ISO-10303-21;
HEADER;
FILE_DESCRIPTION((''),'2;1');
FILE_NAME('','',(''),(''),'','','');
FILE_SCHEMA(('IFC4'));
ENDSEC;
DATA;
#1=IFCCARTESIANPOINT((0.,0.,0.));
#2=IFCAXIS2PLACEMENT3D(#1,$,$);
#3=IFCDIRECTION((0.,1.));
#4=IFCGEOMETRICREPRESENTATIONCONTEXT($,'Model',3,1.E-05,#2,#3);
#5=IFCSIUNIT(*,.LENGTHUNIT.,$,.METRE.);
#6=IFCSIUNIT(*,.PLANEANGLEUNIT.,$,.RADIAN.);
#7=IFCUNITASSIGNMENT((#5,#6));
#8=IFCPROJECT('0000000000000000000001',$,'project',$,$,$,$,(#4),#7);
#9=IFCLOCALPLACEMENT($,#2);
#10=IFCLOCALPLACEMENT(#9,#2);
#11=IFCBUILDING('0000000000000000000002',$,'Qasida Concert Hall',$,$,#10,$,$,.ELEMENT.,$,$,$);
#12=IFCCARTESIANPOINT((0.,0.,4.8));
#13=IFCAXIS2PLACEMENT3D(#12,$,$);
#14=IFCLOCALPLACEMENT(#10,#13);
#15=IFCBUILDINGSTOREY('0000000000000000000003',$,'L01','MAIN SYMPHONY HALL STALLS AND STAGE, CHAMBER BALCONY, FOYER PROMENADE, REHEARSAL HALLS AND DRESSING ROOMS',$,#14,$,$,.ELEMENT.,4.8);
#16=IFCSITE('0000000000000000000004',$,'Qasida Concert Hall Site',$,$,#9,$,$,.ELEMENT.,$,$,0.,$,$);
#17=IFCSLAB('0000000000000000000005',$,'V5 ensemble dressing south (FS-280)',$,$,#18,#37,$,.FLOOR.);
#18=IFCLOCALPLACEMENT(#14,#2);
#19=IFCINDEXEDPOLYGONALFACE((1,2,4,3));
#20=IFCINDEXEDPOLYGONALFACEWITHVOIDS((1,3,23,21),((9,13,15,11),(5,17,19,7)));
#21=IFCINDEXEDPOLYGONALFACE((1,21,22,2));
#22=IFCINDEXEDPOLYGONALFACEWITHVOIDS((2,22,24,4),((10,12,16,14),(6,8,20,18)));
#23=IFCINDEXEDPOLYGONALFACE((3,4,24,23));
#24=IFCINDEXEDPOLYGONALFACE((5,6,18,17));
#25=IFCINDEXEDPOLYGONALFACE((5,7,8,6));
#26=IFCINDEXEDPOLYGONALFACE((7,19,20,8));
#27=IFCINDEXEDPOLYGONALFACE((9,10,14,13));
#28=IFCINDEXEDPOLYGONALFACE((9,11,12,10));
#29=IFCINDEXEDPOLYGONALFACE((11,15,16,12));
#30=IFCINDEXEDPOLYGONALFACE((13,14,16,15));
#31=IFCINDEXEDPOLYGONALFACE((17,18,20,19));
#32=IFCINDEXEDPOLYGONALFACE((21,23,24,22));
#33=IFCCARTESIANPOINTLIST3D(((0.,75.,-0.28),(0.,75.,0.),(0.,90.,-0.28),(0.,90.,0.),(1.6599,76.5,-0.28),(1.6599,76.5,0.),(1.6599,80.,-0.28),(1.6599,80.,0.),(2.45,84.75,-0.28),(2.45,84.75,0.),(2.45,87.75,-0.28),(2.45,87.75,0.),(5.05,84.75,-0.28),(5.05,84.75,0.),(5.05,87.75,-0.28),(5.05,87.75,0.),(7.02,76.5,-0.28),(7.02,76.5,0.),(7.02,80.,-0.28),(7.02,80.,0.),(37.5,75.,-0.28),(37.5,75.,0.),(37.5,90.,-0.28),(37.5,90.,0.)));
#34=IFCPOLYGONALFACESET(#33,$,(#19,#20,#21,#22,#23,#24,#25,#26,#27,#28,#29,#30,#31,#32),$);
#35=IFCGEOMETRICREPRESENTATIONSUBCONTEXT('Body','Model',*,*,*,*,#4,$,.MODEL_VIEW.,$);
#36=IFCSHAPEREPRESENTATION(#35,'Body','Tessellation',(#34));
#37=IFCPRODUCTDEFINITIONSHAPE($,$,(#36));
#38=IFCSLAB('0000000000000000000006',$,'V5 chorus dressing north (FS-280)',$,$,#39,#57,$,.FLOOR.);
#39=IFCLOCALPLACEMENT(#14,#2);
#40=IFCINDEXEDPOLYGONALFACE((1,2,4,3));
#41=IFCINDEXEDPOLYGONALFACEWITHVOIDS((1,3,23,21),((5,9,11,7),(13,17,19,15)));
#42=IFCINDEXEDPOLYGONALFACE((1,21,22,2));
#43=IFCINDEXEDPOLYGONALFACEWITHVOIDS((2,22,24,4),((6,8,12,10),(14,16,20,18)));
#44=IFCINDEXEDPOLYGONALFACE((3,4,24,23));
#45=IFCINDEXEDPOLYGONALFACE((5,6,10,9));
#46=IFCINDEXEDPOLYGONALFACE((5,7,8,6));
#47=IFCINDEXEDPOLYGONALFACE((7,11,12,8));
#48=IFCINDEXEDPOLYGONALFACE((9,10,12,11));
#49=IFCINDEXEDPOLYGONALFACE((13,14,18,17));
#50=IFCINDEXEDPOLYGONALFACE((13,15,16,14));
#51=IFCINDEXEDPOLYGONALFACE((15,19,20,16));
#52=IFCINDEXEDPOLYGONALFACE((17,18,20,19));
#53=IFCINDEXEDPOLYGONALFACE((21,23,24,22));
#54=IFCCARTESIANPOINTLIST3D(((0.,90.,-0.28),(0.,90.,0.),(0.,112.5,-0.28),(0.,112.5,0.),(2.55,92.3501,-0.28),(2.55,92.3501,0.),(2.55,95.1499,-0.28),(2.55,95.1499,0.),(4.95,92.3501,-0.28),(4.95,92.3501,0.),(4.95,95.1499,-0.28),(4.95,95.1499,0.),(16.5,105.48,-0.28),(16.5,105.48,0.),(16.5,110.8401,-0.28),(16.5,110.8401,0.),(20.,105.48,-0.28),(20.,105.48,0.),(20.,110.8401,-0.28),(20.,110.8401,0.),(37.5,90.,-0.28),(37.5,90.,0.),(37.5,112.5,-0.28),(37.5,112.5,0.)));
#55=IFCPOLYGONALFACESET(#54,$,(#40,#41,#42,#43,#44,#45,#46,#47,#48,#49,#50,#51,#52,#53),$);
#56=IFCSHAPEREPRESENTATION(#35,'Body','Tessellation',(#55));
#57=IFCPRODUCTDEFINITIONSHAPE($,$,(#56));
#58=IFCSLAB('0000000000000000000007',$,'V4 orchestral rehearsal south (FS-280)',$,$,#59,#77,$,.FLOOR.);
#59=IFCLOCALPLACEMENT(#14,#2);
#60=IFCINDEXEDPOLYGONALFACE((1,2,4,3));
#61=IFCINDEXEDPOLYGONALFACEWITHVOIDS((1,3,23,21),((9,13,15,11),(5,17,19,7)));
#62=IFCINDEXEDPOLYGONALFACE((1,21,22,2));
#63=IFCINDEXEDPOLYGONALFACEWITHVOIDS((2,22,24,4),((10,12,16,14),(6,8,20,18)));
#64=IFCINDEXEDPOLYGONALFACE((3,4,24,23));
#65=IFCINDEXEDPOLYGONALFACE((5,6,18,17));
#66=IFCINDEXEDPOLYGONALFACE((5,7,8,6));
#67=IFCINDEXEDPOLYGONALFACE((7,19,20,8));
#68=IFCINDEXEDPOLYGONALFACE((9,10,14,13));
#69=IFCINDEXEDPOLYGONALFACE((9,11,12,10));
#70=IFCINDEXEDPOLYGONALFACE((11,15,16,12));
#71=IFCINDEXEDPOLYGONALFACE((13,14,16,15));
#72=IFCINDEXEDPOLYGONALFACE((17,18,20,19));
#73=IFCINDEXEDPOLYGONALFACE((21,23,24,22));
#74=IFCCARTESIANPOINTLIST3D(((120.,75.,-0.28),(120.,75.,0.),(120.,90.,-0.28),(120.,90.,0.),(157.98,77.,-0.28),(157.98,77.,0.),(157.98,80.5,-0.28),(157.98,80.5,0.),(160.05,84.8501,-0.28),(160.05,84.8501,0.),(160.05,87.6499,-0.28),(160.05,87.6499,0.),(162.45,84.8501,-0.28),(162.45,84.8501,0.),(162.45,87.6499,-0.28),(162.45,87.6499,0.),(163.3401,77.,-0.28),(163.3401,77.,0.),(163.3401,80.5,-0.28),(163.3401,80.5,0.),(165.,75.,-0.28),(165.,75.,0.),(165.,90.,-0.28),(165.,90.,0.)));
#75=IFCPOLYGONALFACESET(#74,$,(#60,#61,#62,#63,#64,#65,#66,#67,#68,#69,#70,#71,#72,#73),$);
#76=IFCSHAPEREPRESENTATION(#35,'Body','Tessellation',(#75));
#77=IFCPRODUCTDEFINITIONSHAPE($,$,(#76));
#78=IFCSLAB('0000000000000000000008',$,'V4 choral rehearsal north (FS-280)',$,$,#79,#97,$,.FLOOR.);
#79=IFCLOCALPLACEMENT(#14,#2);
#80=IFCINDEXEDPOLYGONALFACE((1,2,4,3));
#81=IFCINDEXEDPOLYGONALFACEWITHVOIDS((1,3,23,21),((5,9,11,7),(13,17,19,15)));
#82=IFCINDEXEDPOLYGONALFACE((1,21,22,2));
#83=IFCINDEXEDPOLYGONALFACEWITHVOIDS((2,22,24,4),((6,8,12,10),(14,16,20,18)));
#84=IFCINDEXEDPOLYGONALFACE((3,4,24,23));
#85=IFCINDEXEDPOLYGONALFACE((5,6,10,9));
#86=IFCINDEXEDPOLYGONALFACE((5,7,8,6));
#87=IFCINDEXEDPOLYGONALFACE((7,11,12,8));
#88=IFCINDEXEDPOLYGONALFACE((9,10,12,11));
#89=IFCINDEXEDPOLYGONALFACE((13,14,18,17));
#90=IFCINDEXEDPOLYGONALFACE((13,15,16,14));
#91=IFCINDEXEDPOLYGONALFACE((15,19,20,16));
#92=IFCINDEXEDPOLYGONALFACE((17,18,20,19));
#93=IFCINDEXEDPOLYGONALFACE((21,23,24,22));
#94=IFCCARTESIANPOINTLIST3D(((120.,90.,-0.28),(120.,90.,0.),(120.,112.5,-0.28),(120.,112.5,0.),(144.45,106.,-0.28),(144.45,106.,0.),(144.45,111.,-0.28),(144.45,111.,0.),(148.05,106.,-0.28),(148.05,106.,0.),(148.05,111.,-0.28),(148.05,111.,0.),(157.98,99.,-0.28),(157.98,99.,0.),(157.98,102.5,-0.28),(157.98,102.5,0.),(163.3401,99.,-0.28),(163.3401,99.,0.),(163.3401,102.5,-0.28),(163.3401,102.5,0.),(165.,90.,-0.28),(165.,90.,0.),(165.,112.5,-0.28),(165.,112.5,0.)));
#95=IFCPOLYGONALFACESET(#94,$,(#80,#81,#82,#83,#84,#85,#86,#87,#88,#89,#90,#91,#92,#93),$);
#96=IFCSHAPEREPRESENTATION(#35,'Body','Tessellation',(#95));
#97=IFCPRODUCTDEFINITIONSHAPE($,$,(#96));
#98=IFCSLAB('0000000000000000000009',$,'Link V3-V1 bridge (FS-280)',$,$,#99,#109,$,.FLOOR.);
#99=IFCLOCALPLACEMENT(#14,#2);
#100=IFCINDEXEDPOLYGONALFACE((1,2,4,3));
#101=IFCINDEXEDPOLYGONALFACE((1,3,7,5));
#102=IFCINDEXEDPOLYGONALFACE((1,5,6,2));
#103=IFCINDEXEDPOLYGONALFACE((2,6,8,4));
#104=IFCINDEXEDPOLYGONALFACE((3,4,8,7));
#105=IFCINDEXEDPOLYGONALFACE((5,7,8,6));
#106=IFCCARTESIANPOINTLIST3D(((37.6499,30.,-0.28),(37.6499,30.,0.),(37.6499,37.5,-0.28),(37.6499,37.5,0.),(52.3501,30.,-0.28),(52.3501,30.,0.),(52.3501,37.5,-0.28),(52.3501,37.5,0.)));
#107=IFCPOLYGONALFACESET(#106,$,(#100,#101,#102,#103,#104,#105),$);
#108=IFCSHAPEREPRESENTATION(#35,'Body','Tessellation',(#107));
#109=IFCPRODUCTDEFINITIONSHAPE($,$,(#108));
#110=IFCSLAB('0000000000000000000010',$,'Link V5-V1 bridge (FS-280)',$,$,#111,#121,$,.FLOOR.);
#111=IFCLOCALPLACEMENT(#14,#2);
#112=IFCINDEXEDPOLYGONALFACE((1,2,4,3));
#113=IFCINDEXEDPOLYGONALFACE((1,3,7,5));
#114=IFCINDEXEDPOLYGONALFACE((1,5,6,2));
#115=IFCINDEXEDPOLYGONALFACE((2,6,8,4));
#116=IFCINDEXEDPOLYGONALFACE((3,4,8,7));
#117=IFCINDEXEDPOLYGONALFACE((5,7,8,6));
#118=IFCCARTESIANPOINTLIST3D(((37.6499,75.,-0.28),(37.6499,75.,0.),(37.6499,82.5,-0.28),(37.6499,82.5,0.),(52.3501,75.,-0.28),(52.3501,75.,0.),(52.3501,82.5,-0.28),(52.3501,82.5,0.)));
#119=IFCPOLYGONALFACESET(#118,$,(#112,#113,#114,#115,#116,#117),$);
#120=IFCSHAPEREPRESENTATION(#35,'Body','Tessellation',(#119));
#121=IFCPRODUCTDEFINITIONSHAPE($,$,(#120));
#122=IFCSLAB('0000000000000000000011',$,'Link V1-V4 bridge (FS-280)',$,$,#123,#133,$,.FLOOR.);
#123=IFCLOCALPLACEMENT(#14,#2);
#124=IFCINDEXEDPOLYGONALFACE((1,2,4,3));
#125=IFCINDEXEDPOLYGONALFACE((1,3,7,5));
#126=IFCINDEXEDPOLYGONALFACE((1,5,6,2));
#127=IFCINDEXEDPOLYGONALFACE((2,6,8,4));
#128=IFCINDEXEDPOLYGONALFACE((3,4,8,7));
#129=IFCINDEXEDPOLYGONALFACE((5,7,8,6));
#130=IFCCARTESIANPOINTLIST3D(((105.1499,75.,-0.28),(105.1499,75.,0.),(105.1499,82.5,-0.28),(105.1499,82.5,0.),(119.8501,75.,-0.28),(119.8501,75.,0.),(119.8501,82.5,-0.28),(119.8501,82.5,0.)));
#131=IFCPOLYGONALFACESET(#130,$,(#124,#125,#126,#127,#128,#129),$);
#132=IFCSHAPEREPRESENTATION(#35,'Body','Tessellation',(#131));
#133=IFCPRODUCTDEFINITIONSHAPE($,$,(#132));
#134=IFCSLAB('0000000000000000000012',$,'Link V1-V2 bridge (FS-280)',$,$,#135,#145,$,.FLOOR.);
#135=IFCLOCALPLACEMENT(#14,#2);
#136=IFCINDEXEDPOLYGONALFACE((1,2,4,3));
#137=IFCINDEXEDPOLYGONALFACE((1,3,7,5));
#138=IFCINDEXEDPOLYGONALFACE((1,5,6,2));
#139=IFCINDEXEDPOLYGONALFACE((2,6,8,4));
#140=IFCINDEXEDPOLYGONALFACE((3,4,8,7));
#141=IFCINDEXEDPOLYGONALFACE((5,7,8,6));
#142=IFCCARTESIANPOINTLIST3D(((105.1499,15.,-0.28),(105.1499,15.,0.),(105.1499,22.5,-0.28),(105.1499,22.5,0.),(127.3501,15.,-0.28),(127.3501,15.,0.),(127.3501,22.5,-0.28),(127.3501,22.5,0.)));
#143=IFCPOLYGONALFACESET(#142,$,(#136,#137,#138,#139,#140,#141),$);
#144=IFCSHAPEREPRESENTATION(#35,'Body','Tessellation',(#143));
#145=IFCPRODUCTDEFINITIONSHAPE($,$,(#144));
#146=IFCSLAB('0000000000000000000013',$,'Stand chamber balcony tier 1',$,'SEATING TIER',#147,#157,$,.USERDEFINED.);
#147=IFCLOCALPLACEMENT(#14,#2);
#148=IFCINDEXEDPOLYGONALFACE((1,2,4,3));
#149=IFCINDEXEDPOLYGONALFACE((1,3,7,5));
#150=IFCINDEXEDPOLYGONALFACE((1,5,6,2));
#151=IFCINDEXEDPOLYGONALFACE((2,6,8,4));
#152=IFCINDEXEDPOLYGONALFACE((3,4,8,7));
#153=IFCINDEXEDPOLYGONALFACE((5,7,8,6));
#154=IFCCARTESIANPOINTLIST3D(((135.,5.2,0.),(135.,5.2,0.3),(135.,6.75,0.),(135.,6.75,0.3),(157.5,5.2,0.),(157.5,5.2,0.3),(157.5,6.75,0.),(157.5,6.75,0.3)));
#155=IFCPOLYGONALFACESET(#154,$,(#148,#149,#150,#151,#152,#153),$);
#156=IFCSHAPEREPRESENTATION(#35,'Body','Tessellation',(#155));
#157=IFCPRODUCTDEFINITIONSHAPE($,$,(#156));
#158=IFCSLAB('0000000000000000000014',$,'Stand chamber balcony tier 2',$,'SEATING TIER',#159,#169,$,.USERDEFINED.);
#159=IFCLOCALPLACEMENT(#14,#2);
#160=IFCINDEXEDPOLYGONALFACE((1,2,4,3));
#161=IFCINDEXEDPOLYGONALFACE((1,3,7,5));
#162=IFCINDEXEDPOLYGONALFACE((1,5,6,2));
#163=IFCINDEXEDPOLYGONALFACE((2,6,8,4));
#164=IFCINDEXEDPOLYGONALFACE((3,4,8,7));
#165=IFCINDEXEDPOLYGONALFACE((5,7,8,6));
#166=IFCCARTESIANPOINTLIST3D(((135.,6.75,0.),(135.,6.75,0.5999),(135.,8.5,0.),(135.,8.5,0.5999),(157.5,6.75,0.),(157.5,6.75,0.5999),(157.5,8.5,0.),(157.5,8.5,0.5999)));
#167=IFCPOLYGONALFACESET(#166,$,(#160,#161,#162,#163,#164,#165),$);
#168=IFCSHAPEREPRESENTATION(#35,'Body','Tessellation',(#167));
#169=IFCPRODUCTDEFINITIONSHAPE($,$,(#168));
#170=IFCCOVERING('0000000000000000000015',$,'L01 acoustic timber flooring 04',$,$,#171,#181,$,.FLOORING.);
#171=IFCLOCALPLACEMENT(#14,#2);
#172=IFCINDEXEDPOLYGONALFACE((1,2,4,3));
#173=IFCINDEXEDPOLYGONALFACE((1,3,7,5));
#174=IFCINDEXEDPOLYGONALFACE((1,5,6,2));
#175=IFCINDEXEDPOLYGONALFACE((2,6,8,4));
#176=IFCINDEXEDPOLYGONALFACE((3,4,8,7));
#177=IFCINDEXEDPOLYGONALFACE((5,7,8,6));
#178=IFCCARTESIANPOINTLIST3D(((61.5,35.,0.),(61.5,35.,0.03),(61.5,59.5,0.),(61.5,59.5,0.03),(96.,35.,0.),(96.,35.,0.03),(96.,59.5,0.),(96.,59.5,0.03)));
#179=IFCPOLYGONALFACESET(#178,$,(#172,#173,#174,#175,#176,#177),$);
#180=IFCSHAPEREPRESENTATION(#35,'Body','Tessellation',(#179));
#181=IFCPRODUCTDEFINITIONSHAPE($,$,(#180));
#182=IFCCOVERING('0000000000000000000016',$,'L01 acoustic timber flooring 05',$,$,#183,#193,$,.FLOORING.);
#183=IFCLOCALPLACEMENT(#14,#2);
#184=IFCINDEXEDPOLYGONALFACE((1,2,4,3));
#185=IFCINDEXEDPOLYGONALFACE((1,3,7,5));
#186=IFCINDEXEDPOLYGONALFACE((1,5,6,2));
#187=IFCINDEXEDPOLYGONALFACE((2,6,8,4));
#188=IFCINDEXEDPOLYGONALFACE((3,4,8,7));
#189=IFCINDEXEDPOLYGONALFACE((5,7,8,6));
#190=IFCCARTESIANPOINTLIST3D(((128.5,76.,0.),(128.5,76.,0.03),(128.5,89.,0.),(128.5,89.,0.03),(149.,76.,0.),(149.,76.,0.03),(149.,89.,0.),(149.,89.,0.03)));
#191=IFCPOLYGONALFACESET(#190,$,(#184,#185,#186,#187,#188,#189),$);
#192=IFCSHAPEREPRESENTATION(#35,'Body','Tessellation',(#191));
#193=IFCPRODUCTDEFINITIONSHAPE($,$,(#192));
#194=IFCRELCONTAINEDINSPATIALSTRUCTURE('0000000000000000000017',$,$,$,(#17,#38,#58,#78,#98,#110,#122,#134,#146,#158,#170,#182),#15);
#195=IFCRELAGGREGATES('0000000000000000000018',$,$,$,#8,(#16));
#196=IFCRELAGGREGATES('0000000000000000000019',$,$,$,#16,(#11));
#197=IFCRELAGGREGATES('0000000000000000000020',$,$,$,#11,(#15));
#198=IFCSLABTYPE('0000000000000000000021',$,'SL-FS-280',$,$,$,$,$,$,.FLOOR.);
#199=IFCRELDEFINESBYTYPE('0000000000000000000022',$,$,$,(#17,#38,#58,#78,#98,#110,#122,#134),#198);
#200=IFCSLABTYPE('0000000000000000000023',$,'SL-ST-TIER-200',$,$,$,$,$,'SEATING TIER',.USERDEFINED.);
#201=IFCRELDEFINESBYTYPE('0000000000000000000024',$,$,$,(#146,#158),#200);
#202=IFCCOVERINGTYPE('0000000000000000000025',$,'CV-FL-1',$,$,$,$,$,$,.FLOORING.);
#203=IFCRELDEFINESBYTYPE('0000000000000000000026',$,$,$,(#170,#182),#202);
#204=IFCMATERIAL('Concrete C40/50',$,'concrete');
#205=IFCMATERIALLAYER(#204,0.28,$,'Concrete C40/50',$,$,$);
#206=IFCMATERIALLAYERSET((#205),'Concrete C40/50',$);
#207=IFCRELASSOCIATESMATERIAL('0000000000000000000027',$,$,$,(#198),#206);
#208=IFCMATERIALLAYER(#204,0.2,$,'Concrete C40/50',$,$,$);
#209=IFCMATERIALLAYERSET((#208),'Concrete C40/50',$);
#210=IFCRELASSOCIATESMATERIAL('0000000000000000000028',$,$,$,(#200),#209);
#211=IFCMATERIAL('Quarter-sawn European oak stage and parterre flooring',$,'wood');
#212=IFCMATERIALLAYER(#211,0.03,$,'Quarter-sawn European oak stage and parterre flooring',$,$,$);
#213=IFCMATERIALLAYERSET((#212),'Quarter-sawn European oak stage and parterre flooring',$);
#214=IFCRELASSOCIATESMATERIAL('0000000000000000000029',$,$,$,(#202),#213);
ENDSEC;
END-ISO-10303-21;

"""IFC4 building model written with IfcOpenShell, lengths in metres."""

from ifc_helpers import new_model, si_unit, direction, frame, origin, place, context, subcontext, project, spatial, polyline, outline, extrude, material, layer, layer_set, type_object, element, save


model = new_model("IFC4")

# Units and contexts
model_context = context("Model", 3, precision=1e-05, world=origin(), true_north=direction((0.0, 1.0)))
body_context = subcontext(model_context, "Body", "Model", "MODEL_VIEW")
ifc_project = project(units=[si_unit("LENGTHUNIT", "METRE"), si_unit("PLANEANGLEUNIT", "RADIAN")], contexts=[model_context])

# Site, building, storey
site_placement = place(None, origin())
site = spatial("IfcSite", under=ifc_project, at=site_placement, Name="Qasida Concert Hall Site", CompositionType="ELEMENT", RefElevation=0.0)
building_placement = place(site_placement, origin())
building = spatial("IfcBuilding", under=site, at=building_placement, Name="Qasida Concert Hall", CompositionType="ELEMENT")
storey_placement = place(building_placement, frame((0.0, 0.0, 4.8)))
storey = spatial("IfcBuildingStorey", under=building, at=storey_placement, Name="L01", Description="MAIN SYMPHONY HALL STALLS AND STAGE, CHAMBER BALCONY, FOYER PROMENADE, REHEARSAL HALLS AND DRESSING ROOMS", CompositionType="ELEMENT", Elevation=4.8)

# Slabs
ifc_material_1 = material(Name="Concrete C40/50", Category="concrete")
ifc_layer_1 = layer(ifc_material_1, 0.28, Name="Concrete C40/50")
ifc_layer_set_1 = layer_set([ifc_layer_1], Name="Concrete C40/50")
slab_type_1 = type_object("IfcSlabType", Name="SL-FS-280", PredefinedType="FLOOR", material=ifc_layer_set_1)
slab_1_placement = place(storey_placement, frame((0.0, 0.0, -0.28)))
element("IfcSlab", 1, at=slab_1_placement, inside=storey, type_object=slab_type_1, Name="V5 ensemble dressing south (FS-280)", PredefinedType="FLOOR", context=body_context, shape_type="SweptSolid", body=[
    extrude(outline(polyline([(0.0, 75.0), (37.5, 75.0), (37.5, 90.0), (0.0, 90.0), (0.0, 75.0)]), holes=[polyline([(1.6599, 76.5), (7.02, 76.5), (7.02, 80.0), (1.6599, 80.0), (1.6599, 76.5)]), polyline([(2.45, 84.75), (5.05, 84.75), (5.05, 87.75), (2.45, 87.75), (2.45, 84.75)])]), origin(), (0.0, 0.0, 1.0), 0.28),
])
slab_2_placement = place(storey_placement, frame((0.0, 0.0, -0.28)))
element("IfcSlab", 2, at=slab_2_placement, inside=storey, type_object=slab_type_1, Name="V5 chorus dressing north (FS-280)", PredefinedType="FLOOR", context=body_context, shape_type="SweptSolid", body=[
    extrude(outline(polyline([(0.0, 90.0), (37.5, 90.0), (37.5, 112.5), (0.0, 112.5), (0.0, 90.0)]), holes=[polyline([(2.55, 92.3501), (4.95, 92.3501), (4.95, 95.1499), (2.55, 95.1499), (2.55, 92.3501)]), polyline([(16.5, 105.48), (20.0, 105.48), (20.0, 110.8401), (16.5, 110.8401), (16.5, 105.48)])]), origin(), (0.0, 0.0, 1.0), 0.28),
])
slab_3_placement = place(storey_placement, frame((0.0, 0.0, -0.28)))
element("IfcSlab", 3, at=slab_3_placement, inside=storey, type_object=slab_type_1, Name="V4 orchestral rehearsal south (FS-280)", PredefinedType="FLOOR", context=body_context, shape_type="SweptSolid", body=[
    extrude(outline(polyline([(120.0, 75.0), (165.0, 75.0), (165.0, 90.0), (120.0, 90.0), (120.0, 75.0)]), holes=[polyline([(157.98, 77.0), (163.3401, 77.0), (163.3401, 80.5), (157.98, 80.5), (157.98, 77.0)]), polyline([(160.05, 84.8501), (162.45, 84.8501), (162.45, 87.6499), (160.05, 87.6499), (160.05, 84.8501)])]), origin(), (0.0, 0.0, 1.0), 0.28),
])
slab_4_placement = place(storey_placement, frame((0.0, 0.0, -0.28)))
element("IfcSlab", 4, at=slab_4_placement, inside=storey, type_object=slab_type_1, Name="V4 choral rehearsal north (FS-280)", PredefinedType="FLOOR", context=body_context, shape_type="SweptSolid", body=[
    extrude(outline(polyline([(120.0, 90.0), (165.0, 90.0), (165.0, 112.5), (120.0, 112.5), (120.0, 90.0)]), holes=[polyline([(157.98, 99.0), (163.3401, 99.0), (163.3401, 102.5), (157.98, 102.5), (157.98, 99.0)]), polyline([(144.45, 106.0), (148.05, 106.0), (148.05, 111.0), (144.45, 111.0), (144.45, 106.0)])]), origin(), (0.0, 0.0, 1.0), 0.28),
])
slab_5_placement = place(storey_placement, frame((0.0, 0.0, -0.28)))
element("IfcSlab", 5, at=slab_5_placement, inside=storey, type_object=slab_type_1, Name="Link V3-V1 bridge (FS-280)", PredefinedType="FLOOR", context=body_context, shape_type="SweptSolid", body=[
    extrude(outline(polyline([(37.6499, 30.0), (52.3501, 30.0), (52.3501, 37.5), (37.6499, 37.5), (37.6499, 30.0)])), origin(), (0.0, 0.0, 1.0), 0.28),
])
slab_6_placement = place(storey_placement, frame((0.0, 0.0, -0.28)))
element("IfcSlab", 6, at=slab_6_placement, inside=storey, type_object=slab_type_1, Name="Link V5-V1 bridge (FS-280)", PredefinedType="FLOOR", context=body_context, shape_type="SweptSolid", body=[
    extrude(outline(polyline([(37.6499, 75.0), (52.3501, 75.0), (52.3501, 82.5), (37.6499, 82.5), (37.6499, 75.0)])), origin(), (0.0, 0.0, 1.0), 0.28),
])
slab_7_placement = place(storey_placement, frame((0.0, 0.0, -0.28)))
element("IfcSlab", 7, at=slab_7_placement, inside=storey, type_object=slab_type_1, Name="Link V1-V4 bridge (FS-280)", PredefinedType="FLOOR", context=body_context, shape_type="SweptSolid", body=[
    extrude(outline(polyline([(105.1499, 75.0), (119.8501, 75.0), (119.8501, 82.5), (105.1499, 82.5), (105.1499, 75.0)])), origin(), (0.0, 0.0, 1.0), 0.28),
])
slab_8_placement = place(storey_placement, frame((0.0, 0.0, -0.28)))
element("IfcSlab", 8, at=slab_8_placement, inside=storey, type_object=slab_type_1, Name="Link V1-V2 bridge (FS-280)", PredefinedType="FLOOR", context=body_context, shape_type="SweptSolid", body=[
    extrude(outline(polyline([(105.1499, 15.0), (127.3501, 15.0), (127.3501, 22.5), (105.1499, 22.5), (105.1499, 15.0)])), origin(), (0.0, 0.0, 1.0), 0.28),
])
ifc_layer_2 = layer(ifc_material_1, 0.2, Name="Concrete C40/50")
ifc_layer_set_2 = layer_set([ifc_layer_2], Name="Concrete C40/50")
slab_type_2 = type_object("IfcSlabType", Name="SL-ST-TIER-200", ElementType="SEATING TIER", PredefinedType="USERDEFINED", material=ifc_layer_set_2)
slab_9_placement = place(storey_placement, origin())
element("IfcSlab", 9, at=slab_9_placement, inside=storey, type_object=slab_type_2, Name="Stand chamber balcony tier 1", ObjectType="SEATING TIER", PredefinedType="USERDEFINED", context=body_context, shape_type="SweptSolid", body=[
    extrude(outline(polyline([(135.0, 5.2), (157.5, 5.2), (157.5, 6.75), (135.0, 6.75), (135.0, 5.2)])), origin(), (0.0, 0.0, 1.0), 0.3),
])
slab_10_placement = place(storey_placement, origin())
element("IfcSlab", 10, at=slab_10_placement, inside=storey, type_object=slab_type_2, Name="Stand chamber balcony tier 2", ObjectType="SEATING TIER", PredefinedType="USERDEFINED", context=body_context, shape_type="SweptSolid", body=[
    extrude(outline(polyline([(135.0, 6.75), (157.5, 6.75), (157.5, 8.5), (135.0, 8.5), (135.0, 6.75)])), origin(), (0.0, 0.0, 1.0), 0.5999),
])

# Coverings
ifc_material_2 = material(Name="Quarter-sawn European oak stage and parterre flooring", Category="wood")
ifc_layer_3 = layer(ifc_material_2, 0.03, Name="Quarter-sawn European oak stage and parterre flooring")
ifc_layer_set_3 = layer_set([ifc_layer_3], Name="Quarter-sawn European oak stage and parterre flooring")
covering_type_1 = type_object("IfcCoveringType", Name="CV-FL-1", PredefinedType="FLOORING", material=ifc_layer_set_3)
covering_1_placement = place(storey_placement, origin())
element("IfcCovering", 11, at=covering_1_placement, inside=storey, type_object=covering_type_1, Name="L01 acoustic timber flooring 04", PredefinedType="FLOORING", context=body_context, shape_type="SweptSolid", body=[
    extrude(outline(polyline([(61.5, 35.0), (96.0, 35.0), (96.0, 59.5), (61.5, 59.5), (61.5, 35.0)])), origin(), (0.0, 0.0, 1.0), 0.03),
])
covering_2_placement = place(storey_placement, origin())
element("IfcCovering", 12, at=covering_2_placement, inside=storey, type_object=covering_type_1, Name="L01 acoustic timber flooring 05", PredefinedType="FLOORING", context=body_context, shape_type="SweptSolid", body=[
    extrude(outline(polyline([(128.5, 76.0), (149.0, 76.0), (149.0, 89.0), (128.5, 89.0), (128.5, 76.0)])), origin(), (0.0, 0.0, 1.0), 0.03),
])

save(model, "model.ifc")
